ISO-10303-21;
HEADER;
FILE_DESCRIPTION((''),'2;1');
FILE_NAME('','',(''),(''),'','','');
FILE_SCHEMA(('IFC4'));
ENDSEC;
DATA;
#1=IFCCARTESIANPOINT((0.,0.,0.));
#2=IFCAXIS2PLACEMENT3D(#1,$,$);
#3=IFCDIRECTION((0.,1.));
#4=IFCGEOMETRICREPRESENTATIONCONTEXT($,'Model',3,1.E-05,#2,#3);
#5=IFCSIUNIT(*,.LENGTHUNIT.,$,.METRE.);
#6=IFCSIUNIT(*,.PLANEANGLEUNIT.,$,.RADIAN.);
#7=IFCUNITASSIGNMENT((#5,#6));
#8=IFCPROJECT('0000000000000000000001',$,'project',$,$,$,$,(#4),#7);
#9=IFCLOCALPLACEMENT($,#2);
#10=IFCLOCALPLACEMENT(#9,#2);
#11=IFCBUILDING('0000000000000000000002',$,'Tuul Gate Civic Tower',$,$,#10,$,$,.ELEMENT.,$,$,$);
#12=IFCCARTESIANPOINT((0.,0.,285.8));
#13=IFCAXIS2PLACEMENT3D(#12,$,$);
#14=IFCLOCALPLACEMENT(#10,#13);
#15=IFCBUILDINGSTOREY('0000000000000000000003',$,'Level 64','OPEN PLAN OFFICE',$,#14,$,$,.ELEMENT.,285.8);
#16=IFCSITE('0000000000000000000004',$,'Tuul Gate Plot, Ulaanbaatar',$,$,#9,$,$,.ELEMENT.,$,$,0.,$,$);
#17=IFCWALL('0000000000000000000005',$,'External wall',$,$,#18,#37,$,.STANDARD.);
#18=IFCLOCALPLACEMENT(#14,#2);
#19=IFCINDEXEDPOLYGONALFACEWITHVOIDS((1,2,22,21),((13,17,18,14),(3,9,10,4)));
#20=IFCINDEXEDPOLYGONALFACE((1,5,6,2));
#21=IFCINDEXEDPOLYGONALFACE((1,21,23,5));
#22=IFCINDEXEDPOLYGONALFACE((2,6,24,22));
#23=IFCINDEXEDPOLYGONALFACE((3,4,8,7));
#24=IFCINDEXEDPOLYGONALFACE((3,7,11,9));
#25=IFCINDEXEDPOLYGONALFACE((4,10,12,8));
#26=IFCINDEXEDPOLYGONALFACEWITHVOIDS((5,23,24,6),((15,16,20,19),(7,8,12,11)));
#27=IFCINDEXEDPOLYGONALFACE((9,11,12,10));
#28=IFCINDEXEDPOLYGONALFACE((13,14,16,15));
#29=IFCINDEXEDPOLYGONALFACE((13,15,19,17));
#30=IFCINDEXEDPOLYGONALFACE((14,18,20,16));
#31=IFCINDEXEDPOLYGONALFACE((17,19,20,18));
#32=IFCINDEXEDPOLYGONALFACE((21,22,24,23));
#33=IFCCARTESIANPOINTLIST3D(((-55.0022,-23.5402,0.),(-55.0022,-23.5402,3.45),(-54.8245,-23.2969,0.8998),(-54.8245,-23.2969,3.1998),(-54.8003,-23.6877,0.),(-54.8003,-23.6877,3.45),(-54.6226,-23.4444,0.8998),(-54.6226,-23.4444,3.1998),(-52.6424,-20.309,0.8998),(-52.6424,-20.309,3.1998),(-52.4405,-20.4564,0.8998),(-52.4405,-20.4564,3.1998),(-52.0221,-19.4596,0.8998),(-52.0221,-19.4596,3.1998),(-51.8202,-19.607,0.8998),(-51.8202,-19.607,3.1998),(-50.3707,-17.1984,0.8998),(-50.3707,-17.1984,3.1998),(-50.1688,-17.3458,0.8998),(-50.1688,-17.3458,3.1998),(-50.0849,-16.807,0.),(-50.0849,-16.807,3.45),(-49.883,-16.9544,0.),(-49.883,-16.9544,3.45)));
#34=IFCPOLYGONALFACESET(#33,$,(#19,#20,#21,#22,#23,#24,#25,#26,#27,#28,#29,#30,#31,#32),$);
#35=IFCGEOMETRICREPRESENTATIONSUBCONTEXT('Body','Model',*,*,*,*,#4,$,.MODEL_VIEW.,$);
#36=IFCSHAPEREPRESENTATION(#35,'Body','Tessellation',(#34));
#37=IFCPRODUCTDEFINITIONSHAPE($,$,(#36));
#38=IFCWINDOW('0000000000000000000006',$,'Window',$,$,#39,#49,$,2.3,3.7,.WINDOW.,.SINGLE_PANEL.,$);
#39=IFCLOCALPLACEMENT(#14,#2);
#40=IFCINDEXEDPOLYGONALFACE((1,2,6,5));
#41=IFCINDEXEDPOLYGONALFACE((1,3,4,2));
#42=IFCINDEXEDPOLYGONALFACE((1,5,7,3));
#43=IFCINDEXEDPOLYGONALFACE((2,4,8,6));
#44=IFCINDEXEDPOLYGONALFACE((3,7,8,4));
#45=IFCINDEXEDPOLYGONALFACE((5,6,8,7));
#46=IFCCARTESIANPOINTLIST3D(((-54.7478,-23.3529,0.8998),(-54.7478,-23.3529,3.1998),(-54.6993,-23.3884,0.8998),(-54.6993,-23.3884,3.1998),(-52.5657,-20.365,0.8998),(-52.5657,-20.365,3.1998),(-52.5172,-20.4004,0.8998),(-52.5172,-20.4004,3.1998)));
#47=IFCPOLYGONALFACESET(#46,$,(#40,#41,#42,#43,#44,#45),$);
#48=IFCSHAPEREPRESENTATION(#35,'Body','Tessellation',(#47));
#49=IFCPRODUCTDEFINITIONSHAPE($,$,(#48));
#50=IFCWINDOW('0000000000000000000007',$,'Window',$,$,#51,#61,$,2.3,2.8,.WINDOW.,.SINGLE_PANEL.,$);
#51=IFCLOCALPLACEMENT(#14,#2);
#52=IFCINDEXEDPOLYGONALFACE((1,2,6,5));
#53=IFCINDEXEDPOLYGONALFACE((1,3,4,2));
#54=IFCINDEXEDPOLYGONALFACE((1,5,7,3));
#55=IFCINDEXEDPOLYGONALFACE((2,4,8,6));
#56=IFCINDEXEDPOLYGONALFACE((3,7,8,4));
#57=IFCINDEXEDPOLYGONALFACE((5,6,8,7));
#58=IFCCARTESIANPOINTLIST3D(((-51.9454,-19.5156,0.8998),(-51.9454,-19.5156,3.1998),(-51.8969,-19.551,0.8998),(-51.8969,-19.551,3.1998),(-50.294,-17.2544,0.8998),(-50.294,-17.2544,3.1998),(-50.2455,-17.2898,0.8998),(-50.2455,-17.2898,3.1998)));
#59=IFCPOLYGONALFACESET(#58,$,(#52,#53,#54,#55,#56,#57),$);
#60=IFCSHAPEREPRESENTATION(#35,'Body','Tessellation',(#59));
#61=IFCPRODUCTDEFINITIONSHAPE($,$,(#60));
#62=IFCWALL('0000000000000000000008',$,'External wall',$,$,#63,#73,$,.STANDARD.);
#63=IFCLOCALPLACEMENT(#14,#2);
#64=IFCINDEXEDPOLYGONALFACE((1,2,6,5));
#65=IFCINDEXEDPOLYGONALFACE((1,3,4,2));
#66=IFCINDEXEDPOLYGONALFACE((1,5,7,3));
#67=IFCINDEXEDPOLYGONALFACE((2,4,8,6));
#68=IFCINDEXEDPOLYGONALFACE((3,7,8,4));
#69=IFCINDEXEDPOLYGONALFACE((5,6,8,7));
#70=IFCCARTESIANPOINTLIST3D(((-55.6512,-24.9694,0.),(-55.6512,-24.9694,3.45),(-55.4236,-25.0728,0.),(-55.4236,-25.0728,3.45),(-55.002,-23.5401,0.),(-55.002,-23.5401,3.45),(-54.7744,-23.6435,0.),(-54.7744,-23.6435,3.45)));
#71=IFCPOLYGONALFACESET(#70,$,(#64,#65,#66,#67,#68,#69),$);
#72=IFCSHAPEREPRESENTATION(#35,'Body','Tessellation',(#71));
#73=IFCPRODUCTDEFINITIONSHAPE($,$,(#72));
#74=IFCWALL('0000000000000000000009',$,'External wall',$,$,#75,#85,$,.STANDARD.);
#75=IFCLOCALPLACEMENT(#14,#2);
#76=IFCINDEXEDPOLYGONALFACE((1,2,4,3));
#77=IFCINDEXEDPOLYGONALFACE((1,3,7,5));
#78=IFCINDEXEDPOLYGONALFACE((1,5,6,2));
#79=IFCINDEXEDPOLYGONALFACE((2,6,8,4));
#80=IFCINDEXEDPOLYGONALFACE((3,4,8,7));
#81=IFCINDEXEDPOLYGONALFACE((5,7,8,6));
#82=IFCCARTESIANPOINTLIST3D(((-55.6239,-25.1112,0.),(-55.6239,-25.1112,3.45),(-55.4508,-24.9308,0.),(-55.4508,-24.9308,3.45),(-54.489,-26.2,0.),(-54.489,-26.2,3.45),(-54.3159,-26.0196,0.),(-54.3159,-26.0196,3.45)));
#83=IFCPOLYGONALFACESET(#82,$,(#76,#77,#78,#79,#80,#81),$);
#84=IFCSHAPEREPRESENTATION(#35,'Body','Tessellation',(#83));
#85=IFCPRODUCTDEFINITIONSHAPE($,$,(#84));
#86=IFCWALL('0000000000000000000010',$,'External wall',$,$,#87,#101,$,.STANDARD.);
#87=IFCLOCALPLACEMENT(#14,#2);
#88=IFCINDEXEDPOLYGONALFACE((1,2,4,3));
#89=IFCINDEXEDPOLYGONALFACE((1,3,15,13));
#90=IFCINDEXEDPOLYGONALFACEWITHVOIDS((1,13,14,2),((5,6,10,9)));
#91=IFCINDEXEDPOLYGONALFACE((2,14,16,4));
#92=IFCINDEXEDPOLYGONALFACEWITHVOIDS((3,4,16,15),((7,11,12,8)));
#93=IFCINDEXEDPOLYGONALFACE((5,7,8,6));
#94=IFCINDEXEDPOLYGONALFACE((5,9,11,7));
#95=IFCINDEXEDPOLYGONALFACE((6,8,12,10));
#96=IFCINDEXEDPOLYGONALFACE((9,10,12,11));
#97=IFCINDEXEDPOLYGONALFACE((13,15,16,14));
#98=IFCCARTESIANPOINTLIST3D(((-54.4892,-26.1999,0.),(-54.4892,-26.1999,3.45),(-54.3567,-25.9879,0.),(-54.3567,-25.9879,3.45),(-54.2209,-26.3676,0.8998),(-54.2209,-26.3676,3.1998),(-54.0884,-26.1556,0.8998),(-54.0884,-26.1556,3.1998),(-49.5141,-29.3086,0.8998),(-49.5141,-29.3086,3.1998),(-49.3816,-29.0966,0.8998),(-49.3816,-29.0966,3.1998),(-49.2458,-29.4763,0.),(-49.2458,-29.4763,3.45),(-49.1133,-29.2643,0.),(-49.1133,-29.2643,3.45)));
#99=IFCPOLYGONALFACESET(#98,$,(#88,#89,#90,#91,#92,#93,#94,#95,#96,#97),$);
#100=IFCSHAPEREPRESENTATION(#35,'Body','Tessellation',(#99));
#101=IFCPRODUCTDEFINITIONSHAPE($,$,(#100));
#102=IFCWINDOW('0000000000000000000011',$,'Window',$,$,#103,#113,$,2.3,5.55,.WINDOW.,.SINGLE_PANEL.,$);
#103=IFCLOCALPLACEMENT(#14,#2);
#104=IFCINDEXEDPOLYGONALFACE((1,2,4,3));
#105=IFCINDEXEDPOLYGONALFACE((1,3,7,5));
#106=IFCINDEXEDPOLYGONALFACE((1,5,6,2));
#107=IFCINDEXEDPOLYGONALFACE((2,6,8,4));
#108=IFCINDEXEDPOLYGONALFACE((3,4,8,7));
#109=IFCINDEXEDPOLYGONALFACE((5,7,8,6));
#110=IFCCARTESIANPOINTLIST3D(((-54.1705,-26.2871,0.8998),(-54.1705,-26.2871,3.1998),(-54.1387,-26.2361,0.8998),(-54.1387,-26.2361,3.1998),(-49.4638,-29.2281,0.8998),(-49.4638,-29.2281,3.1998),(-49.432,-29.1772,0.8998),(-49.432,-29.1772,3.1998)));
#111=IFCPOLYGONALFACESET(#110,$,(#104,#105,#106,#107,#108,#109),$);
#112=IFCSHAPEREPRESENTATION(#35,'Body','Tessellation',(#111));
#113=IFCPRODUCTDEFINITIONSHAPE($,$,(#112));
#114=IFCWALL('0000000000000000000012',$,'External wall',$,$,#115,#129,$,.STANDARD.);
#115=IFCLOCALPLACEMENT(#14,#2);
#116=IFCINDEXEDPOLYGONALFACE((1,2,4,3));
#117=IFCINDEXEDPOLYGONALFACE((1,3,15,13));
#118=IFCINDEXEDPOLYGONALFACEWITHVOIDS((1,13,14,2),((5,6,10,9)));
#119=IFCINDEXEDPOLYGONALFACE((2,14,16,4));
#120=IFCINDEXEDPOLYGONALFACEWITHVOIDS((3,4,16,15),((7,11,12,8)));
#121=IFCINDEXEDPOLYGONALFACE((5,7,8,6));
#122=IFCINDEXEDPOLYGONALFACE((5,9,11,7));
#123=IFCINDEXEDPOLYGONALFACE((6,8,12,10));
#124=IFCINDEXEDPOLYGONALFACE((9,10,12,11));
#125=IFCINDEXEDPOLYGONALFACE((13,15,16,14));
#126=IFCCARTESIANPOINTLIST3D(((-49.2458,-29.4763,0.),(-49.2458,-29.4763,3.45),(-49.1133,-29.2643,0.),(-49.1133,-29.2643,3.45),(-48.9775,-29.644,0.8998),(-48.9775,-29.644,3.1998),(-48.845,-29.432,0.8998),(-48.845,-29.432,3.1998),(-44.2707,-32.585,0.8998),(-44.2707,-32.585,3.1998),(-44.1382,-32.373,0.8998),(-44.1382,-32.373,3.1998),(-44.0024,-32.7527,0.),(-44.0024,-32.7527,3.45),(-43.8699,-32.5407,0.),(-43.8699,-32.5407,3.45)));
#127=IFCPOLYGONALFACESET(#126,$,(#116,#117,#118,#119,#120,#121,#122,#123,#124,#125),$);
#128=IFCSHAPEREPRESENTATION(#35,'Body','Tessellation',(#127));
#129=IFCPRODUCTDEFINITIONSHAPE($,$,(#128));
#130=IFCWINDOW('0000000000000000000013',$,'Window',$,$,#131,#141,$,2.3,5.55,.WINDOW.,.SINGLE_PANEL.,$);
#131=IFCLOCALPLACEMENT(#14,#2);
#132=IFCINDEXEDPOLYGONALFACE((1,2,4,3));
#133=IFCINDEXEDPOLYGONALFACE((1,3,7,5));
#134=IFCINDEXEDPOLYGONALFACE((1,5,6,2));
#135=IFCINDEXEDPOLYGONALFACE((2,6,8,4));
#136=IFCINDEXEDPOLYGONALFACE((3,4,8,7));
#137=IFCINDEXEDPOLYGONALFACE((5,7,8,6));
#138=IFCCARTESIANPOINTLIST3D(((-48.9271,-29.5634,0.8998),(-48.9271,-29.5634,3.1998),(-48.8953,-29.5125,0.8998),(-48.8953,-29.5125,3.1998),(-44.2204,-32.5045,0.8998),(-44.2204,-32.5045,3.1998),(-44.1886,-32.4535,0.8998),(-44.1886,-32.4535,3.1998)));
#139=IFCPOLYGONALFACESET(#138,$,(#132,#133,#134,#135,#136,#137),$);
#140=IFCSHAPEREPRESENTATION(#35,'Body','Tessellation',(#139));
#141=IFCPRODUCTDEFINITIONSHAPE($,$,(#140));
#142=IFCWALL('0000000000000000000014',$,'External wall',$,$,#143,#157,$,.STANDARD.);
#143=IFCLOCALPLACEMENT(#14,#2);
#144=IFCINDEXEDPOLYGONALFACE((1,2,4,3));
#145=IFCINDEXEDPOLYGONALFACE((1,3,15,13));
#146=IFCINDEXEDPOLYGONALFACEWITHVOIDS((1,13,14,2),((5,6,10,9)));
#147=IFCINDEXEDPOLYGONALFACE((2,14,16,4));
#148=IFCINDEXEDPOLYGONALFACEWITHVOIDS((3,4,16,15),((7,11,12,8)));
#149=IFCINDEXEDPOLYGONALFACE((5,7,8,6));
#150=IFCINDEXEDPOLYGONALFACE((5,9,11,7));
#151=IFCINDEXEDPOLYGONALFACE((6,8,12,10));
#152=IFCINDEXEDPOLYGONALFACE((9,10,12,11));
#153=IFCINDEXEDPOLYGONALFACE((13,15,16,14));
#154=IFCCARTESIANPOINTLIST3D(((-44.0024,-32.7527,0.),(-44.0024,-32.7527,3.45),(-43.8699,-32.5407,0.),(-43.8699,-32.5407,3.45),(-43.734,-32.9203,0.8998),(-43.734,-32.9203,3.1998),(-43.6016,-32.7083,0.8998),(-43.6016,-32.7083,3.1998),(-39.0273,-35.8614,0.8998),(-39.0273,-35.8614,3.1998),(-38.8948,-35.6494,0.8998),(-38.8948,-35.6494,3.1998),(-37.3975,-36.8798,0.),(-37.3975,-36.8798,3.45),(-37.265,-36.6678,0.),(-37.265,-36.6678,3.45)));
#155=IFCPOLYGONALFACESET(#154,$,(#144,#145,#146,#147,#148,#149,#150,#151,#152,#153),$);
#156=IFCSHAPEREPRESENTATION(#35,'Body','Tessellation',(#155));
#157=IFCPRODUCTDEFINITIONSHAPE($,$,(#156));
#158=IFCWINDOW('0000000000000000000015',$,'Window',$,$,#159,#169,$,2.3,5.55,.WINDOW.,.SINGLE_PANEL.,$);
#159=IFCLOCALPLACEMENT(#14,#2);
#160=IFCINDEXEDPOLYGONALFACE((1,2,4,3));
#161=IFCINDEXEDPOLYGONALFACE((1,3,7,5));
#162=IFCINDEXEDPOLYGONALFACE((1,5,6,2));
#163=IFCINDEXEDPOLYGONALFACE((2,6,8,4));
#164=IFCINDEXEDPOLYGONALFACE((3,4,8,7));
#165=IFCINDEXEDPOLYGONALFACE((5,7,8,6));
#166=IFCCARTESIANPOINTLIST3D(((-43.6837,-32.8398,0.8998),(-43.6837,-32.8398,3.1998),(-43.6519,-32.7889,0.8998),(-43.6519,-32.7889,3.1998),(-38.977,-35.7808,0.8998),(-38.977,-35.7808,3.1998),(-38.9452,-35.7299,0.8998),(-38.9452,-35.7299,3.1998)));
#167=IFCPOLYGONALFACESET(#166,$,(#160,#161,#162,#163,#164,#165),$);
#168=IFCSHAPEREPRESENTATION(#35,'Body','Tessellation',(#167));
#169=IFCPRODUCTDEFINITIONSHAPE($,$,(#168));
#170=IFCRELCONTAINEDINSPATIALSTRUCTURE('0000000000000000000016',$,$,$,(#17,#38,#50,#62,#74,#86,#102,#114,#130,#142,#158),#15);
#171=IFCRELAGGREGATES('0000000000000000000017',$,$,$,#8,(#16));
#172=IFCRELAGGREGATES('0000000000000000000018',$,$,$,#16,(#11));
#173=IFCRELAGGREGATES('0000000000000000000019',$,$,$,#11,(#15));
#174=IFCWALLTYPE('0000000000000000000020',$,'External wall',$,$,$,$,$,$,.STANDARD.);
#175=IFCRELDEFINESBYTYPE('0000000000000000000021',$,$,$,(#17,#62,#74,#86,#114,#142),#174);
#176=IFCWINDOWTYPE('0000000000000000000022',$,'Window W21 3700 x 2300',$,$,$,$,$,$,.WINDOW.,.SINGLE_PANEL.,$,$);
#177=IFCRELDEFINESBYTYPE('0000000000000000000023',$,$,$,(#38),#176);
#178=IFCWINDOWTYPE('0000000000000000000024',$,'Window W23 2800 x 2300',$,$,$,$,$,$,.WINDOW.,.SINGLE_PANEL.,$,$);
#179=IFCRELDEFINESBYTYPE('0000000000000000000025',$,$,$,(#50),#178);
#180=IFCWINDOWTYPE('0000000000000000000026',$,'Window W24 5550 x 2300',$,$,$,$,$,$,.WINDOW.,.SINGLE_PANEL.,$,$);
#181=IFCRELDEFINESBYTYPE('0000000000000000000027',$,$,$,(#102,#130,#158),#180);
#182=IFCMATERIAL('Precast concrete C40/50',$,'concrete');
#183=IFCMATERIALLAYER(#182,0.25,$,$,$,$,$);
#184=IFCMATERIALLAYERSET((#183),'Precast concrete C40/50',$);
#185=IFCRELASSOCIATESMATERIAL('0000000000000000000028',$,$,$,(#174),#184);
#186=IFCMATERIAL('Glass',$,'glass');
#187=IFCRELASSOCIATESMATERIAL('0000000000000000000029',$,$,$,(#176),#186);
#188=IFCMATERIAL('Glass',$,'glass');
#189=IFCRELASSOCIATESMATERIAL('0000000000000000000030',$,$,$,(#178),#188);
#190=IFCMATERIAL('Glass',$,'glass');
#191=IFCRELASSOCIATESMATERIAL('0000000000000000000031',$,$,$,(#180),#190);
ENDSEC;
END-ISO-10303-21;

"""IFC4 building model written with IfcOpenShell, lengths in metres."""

from ifc_helpers import new_model, si_unit, direction, frame, frame_2d, origin, place, context, subcontext, project, spatial, rectangle, extrude, material, layer, layer_set, type_object, element, fill, save


model = new_model("IFC4")

# Units and contexts
model_context = context("Model", 3, precision=1e-05, world=origin(), true_north=direction((0.0, 1.0)))
body_context = subcontext(model_context, "Body", "Model", "MODEL_VIEW")
ifc_project = project(units=[si_unit("LENGTHUNIT", "METRE"), si_unit("PLANEANGLEUNIT", "RADIAN")], contexts=[model_context])

# Site, building, storey
site_placement = place(None, origin())
site = spatial("IfcSite", under=ifc_project, at=site_placement, Name="Tuul Gate Plot, Ulaanbaatar", CompositionType="ELEMENT", RefElevation=0.0)
building_placement = place(site_placement, origin())
building = spatial("IfcBuilding", under=site, at=building_placement, Name="Tuul Gate Civic Tower", CompositionType="ELEMENT")
storey_placement = place(building_placement, frame((0.0, 0.0, 285.8)))
storey = spatial("IfcBuildingStorey", under=building, at=storey_placement, Name="Level 64", Description="OPEN PLAN OFFICE", CompositionType="ELEMENT", Elevation=285.8)

# Wall, openings, windows
ifc_material_1 = material(Name="Precast concrete C40/50", Category="concrete")
ifc_layer_1 = layer(ifc_material_1, 0.25)
ifc_layer_set_1 = layer_set([ifc_layer_1], Name="Precast concrete C40/50")
wall_type_1 = type_object("IfcWallType", Name="External wall", PredefinedType="STANDARD", material=ifc_layer_set_1)
wall_1_placement = place(storey_placement, frame((-49.9839, -16.8806, 0.0), z_axis=(0.0, 0.0, 1.0), x_axis=(-0.589771, -0.807571, 0.0)))
wall_1 = element("IfcWall", 1, at=wall_1_placement, inside=storey, type_object=wall_type_1, Name="External wall", PredefinedType="STANDARD", context=body_context, shape_type="SweptSolid", body=[
    extrude(rectangle(XDim=8.3376, YDim=0.25, at=frame_2d((4.1689, 0.0))), origin(), (0.0, 0.0, 1.0), 3.45),
])
opening_1_placement = place(wall_1_placement, frame((0.4849, 0.0, 0.8999)))
opening_1 = element("IfcOpeningElement", 2, at=opening_1_placement, cuts=wall_1, PredefinedType="OPENING", context=body_context, shape_type="SweptSolid", body=[
    extrude(rectangle(XDim=2.8, YDim=2.3, at=frame_2d((1.3999, 1.1499))), frame((0.0, 0.135, 0.0), z_axis=(0.0, -1.0, 0.0), x_axis=(1.0, 0.0, 0.0)), (0.0, 0.0, 1.0), 0.27),
])
opening_2_placement = place(wall_1_placement, frame((4.3364, 0.0, 0.8999)))
opening_2 = element("IfcOpeningElement", 3, at=opening_2_placement, cuts=wall_1, PredefinedType="OPENING", context=body_context, shape_type="SweptSolid", body=[
    extrude(rectangle(XDim=3.7, YDim=2.3, at=frame_2d((1.8501, 1.1499))), frame((0.0, 0.135, 0.0), z_axis=(0.0, -1.0, 0.0), x_axis=(1.0, 0.0, 0.0)), (0.0, 0.0, 1.0), 0.27),
])
ifc_material_2 = material(Name="Glass", Category="glass")
window_type_1 = type_object("IfcWindowType", Name="Window W21 3700 x 2300", PartitioningType="SINGLE_PANEL", PredefinedType="WINDOW", material=ifc_material_2)
window_1_placement = place(opening_2_placement, origin())
window_1 = element("IfcWindow", 4, at=window_1_placement, inside=storey, type_object=window_type_1, Name="Window", OverallHeight=2.3, OverallWidth=3.7, PartitioningType="SINGLE_PANEL", PredefinedType="WINDOW", context=body_context, shape_type="SweptSolid", body=[
    extrude(rectangle(XDim=3.7, YDim=2.3, at=frame_2d((1.8501, 1.1499))), frame((0.0, 0.03, 0.0), z_axis=(0.0, -1.0, 0.0), x_axis=(1.0, 0.0, 0.0)), (0.0, 0.0, 1.0), 0.0601),
])
fill(opening_2, window_1)
ifc_material_3 = material(Name="Glass", Category="glass")
window_type_2 = type_object("IfcWindowType", Name="Window W23 2800 x 2300", PartitioningType="SINGLE_PANEL", PredefinedType="WINDOW", material=ifc_material_3)
window_2_placement = place(opening_1_placement, origin())
window_2 = element("IfcWindow", 5, at=window_2_placement, inside=storey, type_object=window_type_2, Name="Window", OverallHeight=2.3, OverallWidth=2.8, PartitioningType="SINGLE_PANEL", PredefinedType="WINDOW", context=body_context, shape_type="SweptSolid", body=[
    extrude(rectangle(XDim=2.8, YDim=2.3, at=frame_2d((1.3999, 1.1499))), frame((0.0, 0.03, 0.0), z_axis=(0.0, -1.0, 0.0), x_axis=(1.0, 0.0, 0.0)), (0.0, 0.0, 1.0), 0.0601),
])
fill(opening_1, window_2)

# Walls
wall_2_placement = place(storey_placement, frame((-54.8882, -23.5918, 0.0), z_axis=(0.0, 0.0, 1.0), x_axis=(-0.413557, -0.910478, 0.0)))
element("IfcWall", 6, at=wall_2_placement, inside=storey, type_object=wall_type_1, Name="External wall", PredefinedType="STANDARD", context=body_context, shape_type="SweptSolid", body=[
    extrude(rectangle(XDim=1.5698, YDim=0.25, at=frame_2d((0.7849, 0.0))), origin(), (0.0, 0.0, 1.0), 3.45),
])
wall_3_placement = place(storey_placement, frame((-55.5374, -25.021, 0.0), z_axis=(0.0, 0.0, 1.0), x_axis=(0.721623, -0.692286, 0.0)))
element("IfcWall", 7, at=wall_3_placement, inside=storey, type_object=wall_type_1, Name="External wall", PredefinedType="STANDARD", context=body_context, shape_type="SweptSolid", body=[
    extrude(rectangle(XDim=1.5728, YDim=0.25, at=frame_2d((0.7864, 0.0))), origin(), (0.0, 0.0, 1.0), 3.45),
])

# Walls, openings, windows
wall_4_placement = place(storey_placement, frame((-54.4229, -26.094, 0.0), z_axis=(0.0, 0.0, 1.0), x_axis=(0.848054, -0.52991, 0.0)))
wall_4 = element("IfcWall", 8, at=wall_4_placement, inside=storey, type_object=wall_type_1, Name="External wall", PredefinedType="STANDARD", context=body_context, shape_type="SweptSolid", body=[
    extrude(rectangle(XDim=6.1829, YDim=0.25, at=frame_2d((3.0913, 0.0))), origin(), (0.0, 0.0, 1.0), 3.45),
])
opening_3_placement = place(wall_4_placement, frame((0.3164, 0.0, 0.8999)))
opening_3 = element("IfcOpeningElement", 9, at=opening_3_placement, cuts=wall_4, PredefinedType="OPENING", context=body_context, shape_type="SweptSolid", body=[
    extrude(rectangle(XDim=5.55, YDim=2.3, at=frame_2d((2.7749, 1.1499))), frame((0.0, 0.135, 0.0), z_axis=(0.0, -1.0, 0.0), x_axis=(1.0, 0.0, 0.0)), (0.0, 0.0, 1.0), 0.27),
])
ifc_material_4 = material(Name="Glass", Category="glass")
window_type_3 = type_object("IfcWindowType", Name="Window W24 5550 x 2300", PartitioningType="SINGLE_PANEL", PredefinedType="WINDOW", material=ifc_material_4)
window_3_placement = place(opening_3_placement, origin())
window_3 = element("IfcWindow", 10, at=window_3_placement, inside=storey, type_object=window_type_3, Name="Window", OverallHeight=2.3, OverallWidth=5.55, PartitioningType="SINGLE_PANEL", PredefinedType="WINDOW", context=body_context, shape_type="SweptSolid", body=[
    extrude(rectangle(XDim=5.55, YDim=2.3, at=frame_2d((2.7749, 1.1499))), frame((0.0, 0.03, 0.0), z_axis=(0.0, -1.0, 0.0), x_axis=(1.0, 0.0, 0.0)), (0.0, 0.0, 1.0), 0.0601),
])
fill(opening_3, window_3)
wall_5_placement = place(storey_placement, frame((-49.1794, -29.3704, 0.0), z_axis=(0.0, 0.0, 1.0), x_axis=(0.848054, -0.52991, 0.0)))
wall_5 = element("IfcWall", 11, at=wall_5_placement, inside=storey, type_object=wall_type_1, Name="External wall", PredefinedType="STANDARD", context=body_context, shape_type="SweptSolid", body=[
    extrude(rectangle(XDim=6.1829, YDim=0.25, at=frame_2d((3.0913, 0.0))), origin(), (0.0, 0.0, 1.0), 3.45),
])
opening_4_placement = place(wall_5_placement, frame((0.3164, 0.0, 0.8999)))
opening_4 = element("IfcOpeningElement", 12, at=opening_4_placement, cuts=wall_5, PredefinedType="OPENING", context=body_context, shape_type="SweptSolid", body=[
    extrude(rectangle(XDim=5.55, YDim=2.3, at=frame_2d((2.7749, 1.1499))), frame((0.0, 0.135, 0.0), z_axis=(0.0, -1.0, 0.0), x_axis=(1.0, 0.0, 0.0)), (0.0, 0.0, 1.0), 0.27),
])
window_4_placement = place(opening_4_placement, origin())
window_4 = element("IfcWindow", 13, at=window_4_placement, inside=storey, type_object=window_type_3, Name="Window", OverallHeight=2.3, OverallWidth=5.55, PartitioningType="SINGLE_PANEL", PredefinedType="WINDOW", context=body_context, shape_type="SweptSolid", body=[
    extrude(rectangle(XDim=5.55, YDim=2.3, at=frame_2d((2.7749, 1.1499))), frame((0.0, 0.03, 0.0), z_axis=(0.0, -1.0, 0.0), x_axis=(1.0, 0.0, 0.0)), (0.0, 0.0, 1.0), 0.0601),
])
fill(opening_4, window_4)
wall_6_placement = place(storey_placement, frame((-43.936, -32.6467, 0.0), z_axis=(0.0, 0.0, 1.0), x_axis=(0.848051, -0.529914, 0.0)))
wall_6 = element("IfcWall", 14, at=wall_6_placement, inside=storey, type_object=wall_type_1, Name="External wall", PredefinedType="STANDARD", context=body_context, shape_type="SweptSolid", body=[
    extrude(rectangle(XDim=7.7883, YDim=0.25, at=frame_2d((3.894, 0.0))), origin(), (0.0, 0.0, 1.0), 3.45),
])
opening_5_placement = place(wall_6_placement, frame((0.3164, 0.0, 0.8999)))
opening_5 = element("IfcOpeningElement", 15, at=opening_5_placement, cuts=wall_6, PredefinedType="OPENING", context=body_context, shape_type="SweptSolid", body=[
    extrude(rectangle(XDim=5.55, YDim=2.3, at=frame_2d((2.7749, 1.1499))), frame((0.0, 0.135, 0.0), z_axis=(0.0, -1.0, 0.0), x_axis=(1.0, 0.0, 0.0)), (0.0, 0.0, 1.0), 0.27),
])
window_5_placement = place(opening_5_placement, origin())
window_5 = element("IfcWindow", 16, at=window_5_placement, inside=storey, type_object=window_type_3, Name="Window", OverallHeight=2.3, OverallWidth=5.55, PartitioningType="SINGLE_PANEL", PredefinedType="WINDOW", context=body_context, shape_type="SweptSolid", body=[
    extrude(rectangle(XDim=5.55, YDim=2.3, at=frame_2d((2.7749, 1.1499))), frame((0.0, 0.03, 0.0), z_axis=(0.0, -1.0, 0.0), x_axis=(1.0, 0.0, 0.0)), (0.0, 0.0, 1.0), 0.0601),
])
fill(opening_5, window_5)

save(model, "model.ifc")
